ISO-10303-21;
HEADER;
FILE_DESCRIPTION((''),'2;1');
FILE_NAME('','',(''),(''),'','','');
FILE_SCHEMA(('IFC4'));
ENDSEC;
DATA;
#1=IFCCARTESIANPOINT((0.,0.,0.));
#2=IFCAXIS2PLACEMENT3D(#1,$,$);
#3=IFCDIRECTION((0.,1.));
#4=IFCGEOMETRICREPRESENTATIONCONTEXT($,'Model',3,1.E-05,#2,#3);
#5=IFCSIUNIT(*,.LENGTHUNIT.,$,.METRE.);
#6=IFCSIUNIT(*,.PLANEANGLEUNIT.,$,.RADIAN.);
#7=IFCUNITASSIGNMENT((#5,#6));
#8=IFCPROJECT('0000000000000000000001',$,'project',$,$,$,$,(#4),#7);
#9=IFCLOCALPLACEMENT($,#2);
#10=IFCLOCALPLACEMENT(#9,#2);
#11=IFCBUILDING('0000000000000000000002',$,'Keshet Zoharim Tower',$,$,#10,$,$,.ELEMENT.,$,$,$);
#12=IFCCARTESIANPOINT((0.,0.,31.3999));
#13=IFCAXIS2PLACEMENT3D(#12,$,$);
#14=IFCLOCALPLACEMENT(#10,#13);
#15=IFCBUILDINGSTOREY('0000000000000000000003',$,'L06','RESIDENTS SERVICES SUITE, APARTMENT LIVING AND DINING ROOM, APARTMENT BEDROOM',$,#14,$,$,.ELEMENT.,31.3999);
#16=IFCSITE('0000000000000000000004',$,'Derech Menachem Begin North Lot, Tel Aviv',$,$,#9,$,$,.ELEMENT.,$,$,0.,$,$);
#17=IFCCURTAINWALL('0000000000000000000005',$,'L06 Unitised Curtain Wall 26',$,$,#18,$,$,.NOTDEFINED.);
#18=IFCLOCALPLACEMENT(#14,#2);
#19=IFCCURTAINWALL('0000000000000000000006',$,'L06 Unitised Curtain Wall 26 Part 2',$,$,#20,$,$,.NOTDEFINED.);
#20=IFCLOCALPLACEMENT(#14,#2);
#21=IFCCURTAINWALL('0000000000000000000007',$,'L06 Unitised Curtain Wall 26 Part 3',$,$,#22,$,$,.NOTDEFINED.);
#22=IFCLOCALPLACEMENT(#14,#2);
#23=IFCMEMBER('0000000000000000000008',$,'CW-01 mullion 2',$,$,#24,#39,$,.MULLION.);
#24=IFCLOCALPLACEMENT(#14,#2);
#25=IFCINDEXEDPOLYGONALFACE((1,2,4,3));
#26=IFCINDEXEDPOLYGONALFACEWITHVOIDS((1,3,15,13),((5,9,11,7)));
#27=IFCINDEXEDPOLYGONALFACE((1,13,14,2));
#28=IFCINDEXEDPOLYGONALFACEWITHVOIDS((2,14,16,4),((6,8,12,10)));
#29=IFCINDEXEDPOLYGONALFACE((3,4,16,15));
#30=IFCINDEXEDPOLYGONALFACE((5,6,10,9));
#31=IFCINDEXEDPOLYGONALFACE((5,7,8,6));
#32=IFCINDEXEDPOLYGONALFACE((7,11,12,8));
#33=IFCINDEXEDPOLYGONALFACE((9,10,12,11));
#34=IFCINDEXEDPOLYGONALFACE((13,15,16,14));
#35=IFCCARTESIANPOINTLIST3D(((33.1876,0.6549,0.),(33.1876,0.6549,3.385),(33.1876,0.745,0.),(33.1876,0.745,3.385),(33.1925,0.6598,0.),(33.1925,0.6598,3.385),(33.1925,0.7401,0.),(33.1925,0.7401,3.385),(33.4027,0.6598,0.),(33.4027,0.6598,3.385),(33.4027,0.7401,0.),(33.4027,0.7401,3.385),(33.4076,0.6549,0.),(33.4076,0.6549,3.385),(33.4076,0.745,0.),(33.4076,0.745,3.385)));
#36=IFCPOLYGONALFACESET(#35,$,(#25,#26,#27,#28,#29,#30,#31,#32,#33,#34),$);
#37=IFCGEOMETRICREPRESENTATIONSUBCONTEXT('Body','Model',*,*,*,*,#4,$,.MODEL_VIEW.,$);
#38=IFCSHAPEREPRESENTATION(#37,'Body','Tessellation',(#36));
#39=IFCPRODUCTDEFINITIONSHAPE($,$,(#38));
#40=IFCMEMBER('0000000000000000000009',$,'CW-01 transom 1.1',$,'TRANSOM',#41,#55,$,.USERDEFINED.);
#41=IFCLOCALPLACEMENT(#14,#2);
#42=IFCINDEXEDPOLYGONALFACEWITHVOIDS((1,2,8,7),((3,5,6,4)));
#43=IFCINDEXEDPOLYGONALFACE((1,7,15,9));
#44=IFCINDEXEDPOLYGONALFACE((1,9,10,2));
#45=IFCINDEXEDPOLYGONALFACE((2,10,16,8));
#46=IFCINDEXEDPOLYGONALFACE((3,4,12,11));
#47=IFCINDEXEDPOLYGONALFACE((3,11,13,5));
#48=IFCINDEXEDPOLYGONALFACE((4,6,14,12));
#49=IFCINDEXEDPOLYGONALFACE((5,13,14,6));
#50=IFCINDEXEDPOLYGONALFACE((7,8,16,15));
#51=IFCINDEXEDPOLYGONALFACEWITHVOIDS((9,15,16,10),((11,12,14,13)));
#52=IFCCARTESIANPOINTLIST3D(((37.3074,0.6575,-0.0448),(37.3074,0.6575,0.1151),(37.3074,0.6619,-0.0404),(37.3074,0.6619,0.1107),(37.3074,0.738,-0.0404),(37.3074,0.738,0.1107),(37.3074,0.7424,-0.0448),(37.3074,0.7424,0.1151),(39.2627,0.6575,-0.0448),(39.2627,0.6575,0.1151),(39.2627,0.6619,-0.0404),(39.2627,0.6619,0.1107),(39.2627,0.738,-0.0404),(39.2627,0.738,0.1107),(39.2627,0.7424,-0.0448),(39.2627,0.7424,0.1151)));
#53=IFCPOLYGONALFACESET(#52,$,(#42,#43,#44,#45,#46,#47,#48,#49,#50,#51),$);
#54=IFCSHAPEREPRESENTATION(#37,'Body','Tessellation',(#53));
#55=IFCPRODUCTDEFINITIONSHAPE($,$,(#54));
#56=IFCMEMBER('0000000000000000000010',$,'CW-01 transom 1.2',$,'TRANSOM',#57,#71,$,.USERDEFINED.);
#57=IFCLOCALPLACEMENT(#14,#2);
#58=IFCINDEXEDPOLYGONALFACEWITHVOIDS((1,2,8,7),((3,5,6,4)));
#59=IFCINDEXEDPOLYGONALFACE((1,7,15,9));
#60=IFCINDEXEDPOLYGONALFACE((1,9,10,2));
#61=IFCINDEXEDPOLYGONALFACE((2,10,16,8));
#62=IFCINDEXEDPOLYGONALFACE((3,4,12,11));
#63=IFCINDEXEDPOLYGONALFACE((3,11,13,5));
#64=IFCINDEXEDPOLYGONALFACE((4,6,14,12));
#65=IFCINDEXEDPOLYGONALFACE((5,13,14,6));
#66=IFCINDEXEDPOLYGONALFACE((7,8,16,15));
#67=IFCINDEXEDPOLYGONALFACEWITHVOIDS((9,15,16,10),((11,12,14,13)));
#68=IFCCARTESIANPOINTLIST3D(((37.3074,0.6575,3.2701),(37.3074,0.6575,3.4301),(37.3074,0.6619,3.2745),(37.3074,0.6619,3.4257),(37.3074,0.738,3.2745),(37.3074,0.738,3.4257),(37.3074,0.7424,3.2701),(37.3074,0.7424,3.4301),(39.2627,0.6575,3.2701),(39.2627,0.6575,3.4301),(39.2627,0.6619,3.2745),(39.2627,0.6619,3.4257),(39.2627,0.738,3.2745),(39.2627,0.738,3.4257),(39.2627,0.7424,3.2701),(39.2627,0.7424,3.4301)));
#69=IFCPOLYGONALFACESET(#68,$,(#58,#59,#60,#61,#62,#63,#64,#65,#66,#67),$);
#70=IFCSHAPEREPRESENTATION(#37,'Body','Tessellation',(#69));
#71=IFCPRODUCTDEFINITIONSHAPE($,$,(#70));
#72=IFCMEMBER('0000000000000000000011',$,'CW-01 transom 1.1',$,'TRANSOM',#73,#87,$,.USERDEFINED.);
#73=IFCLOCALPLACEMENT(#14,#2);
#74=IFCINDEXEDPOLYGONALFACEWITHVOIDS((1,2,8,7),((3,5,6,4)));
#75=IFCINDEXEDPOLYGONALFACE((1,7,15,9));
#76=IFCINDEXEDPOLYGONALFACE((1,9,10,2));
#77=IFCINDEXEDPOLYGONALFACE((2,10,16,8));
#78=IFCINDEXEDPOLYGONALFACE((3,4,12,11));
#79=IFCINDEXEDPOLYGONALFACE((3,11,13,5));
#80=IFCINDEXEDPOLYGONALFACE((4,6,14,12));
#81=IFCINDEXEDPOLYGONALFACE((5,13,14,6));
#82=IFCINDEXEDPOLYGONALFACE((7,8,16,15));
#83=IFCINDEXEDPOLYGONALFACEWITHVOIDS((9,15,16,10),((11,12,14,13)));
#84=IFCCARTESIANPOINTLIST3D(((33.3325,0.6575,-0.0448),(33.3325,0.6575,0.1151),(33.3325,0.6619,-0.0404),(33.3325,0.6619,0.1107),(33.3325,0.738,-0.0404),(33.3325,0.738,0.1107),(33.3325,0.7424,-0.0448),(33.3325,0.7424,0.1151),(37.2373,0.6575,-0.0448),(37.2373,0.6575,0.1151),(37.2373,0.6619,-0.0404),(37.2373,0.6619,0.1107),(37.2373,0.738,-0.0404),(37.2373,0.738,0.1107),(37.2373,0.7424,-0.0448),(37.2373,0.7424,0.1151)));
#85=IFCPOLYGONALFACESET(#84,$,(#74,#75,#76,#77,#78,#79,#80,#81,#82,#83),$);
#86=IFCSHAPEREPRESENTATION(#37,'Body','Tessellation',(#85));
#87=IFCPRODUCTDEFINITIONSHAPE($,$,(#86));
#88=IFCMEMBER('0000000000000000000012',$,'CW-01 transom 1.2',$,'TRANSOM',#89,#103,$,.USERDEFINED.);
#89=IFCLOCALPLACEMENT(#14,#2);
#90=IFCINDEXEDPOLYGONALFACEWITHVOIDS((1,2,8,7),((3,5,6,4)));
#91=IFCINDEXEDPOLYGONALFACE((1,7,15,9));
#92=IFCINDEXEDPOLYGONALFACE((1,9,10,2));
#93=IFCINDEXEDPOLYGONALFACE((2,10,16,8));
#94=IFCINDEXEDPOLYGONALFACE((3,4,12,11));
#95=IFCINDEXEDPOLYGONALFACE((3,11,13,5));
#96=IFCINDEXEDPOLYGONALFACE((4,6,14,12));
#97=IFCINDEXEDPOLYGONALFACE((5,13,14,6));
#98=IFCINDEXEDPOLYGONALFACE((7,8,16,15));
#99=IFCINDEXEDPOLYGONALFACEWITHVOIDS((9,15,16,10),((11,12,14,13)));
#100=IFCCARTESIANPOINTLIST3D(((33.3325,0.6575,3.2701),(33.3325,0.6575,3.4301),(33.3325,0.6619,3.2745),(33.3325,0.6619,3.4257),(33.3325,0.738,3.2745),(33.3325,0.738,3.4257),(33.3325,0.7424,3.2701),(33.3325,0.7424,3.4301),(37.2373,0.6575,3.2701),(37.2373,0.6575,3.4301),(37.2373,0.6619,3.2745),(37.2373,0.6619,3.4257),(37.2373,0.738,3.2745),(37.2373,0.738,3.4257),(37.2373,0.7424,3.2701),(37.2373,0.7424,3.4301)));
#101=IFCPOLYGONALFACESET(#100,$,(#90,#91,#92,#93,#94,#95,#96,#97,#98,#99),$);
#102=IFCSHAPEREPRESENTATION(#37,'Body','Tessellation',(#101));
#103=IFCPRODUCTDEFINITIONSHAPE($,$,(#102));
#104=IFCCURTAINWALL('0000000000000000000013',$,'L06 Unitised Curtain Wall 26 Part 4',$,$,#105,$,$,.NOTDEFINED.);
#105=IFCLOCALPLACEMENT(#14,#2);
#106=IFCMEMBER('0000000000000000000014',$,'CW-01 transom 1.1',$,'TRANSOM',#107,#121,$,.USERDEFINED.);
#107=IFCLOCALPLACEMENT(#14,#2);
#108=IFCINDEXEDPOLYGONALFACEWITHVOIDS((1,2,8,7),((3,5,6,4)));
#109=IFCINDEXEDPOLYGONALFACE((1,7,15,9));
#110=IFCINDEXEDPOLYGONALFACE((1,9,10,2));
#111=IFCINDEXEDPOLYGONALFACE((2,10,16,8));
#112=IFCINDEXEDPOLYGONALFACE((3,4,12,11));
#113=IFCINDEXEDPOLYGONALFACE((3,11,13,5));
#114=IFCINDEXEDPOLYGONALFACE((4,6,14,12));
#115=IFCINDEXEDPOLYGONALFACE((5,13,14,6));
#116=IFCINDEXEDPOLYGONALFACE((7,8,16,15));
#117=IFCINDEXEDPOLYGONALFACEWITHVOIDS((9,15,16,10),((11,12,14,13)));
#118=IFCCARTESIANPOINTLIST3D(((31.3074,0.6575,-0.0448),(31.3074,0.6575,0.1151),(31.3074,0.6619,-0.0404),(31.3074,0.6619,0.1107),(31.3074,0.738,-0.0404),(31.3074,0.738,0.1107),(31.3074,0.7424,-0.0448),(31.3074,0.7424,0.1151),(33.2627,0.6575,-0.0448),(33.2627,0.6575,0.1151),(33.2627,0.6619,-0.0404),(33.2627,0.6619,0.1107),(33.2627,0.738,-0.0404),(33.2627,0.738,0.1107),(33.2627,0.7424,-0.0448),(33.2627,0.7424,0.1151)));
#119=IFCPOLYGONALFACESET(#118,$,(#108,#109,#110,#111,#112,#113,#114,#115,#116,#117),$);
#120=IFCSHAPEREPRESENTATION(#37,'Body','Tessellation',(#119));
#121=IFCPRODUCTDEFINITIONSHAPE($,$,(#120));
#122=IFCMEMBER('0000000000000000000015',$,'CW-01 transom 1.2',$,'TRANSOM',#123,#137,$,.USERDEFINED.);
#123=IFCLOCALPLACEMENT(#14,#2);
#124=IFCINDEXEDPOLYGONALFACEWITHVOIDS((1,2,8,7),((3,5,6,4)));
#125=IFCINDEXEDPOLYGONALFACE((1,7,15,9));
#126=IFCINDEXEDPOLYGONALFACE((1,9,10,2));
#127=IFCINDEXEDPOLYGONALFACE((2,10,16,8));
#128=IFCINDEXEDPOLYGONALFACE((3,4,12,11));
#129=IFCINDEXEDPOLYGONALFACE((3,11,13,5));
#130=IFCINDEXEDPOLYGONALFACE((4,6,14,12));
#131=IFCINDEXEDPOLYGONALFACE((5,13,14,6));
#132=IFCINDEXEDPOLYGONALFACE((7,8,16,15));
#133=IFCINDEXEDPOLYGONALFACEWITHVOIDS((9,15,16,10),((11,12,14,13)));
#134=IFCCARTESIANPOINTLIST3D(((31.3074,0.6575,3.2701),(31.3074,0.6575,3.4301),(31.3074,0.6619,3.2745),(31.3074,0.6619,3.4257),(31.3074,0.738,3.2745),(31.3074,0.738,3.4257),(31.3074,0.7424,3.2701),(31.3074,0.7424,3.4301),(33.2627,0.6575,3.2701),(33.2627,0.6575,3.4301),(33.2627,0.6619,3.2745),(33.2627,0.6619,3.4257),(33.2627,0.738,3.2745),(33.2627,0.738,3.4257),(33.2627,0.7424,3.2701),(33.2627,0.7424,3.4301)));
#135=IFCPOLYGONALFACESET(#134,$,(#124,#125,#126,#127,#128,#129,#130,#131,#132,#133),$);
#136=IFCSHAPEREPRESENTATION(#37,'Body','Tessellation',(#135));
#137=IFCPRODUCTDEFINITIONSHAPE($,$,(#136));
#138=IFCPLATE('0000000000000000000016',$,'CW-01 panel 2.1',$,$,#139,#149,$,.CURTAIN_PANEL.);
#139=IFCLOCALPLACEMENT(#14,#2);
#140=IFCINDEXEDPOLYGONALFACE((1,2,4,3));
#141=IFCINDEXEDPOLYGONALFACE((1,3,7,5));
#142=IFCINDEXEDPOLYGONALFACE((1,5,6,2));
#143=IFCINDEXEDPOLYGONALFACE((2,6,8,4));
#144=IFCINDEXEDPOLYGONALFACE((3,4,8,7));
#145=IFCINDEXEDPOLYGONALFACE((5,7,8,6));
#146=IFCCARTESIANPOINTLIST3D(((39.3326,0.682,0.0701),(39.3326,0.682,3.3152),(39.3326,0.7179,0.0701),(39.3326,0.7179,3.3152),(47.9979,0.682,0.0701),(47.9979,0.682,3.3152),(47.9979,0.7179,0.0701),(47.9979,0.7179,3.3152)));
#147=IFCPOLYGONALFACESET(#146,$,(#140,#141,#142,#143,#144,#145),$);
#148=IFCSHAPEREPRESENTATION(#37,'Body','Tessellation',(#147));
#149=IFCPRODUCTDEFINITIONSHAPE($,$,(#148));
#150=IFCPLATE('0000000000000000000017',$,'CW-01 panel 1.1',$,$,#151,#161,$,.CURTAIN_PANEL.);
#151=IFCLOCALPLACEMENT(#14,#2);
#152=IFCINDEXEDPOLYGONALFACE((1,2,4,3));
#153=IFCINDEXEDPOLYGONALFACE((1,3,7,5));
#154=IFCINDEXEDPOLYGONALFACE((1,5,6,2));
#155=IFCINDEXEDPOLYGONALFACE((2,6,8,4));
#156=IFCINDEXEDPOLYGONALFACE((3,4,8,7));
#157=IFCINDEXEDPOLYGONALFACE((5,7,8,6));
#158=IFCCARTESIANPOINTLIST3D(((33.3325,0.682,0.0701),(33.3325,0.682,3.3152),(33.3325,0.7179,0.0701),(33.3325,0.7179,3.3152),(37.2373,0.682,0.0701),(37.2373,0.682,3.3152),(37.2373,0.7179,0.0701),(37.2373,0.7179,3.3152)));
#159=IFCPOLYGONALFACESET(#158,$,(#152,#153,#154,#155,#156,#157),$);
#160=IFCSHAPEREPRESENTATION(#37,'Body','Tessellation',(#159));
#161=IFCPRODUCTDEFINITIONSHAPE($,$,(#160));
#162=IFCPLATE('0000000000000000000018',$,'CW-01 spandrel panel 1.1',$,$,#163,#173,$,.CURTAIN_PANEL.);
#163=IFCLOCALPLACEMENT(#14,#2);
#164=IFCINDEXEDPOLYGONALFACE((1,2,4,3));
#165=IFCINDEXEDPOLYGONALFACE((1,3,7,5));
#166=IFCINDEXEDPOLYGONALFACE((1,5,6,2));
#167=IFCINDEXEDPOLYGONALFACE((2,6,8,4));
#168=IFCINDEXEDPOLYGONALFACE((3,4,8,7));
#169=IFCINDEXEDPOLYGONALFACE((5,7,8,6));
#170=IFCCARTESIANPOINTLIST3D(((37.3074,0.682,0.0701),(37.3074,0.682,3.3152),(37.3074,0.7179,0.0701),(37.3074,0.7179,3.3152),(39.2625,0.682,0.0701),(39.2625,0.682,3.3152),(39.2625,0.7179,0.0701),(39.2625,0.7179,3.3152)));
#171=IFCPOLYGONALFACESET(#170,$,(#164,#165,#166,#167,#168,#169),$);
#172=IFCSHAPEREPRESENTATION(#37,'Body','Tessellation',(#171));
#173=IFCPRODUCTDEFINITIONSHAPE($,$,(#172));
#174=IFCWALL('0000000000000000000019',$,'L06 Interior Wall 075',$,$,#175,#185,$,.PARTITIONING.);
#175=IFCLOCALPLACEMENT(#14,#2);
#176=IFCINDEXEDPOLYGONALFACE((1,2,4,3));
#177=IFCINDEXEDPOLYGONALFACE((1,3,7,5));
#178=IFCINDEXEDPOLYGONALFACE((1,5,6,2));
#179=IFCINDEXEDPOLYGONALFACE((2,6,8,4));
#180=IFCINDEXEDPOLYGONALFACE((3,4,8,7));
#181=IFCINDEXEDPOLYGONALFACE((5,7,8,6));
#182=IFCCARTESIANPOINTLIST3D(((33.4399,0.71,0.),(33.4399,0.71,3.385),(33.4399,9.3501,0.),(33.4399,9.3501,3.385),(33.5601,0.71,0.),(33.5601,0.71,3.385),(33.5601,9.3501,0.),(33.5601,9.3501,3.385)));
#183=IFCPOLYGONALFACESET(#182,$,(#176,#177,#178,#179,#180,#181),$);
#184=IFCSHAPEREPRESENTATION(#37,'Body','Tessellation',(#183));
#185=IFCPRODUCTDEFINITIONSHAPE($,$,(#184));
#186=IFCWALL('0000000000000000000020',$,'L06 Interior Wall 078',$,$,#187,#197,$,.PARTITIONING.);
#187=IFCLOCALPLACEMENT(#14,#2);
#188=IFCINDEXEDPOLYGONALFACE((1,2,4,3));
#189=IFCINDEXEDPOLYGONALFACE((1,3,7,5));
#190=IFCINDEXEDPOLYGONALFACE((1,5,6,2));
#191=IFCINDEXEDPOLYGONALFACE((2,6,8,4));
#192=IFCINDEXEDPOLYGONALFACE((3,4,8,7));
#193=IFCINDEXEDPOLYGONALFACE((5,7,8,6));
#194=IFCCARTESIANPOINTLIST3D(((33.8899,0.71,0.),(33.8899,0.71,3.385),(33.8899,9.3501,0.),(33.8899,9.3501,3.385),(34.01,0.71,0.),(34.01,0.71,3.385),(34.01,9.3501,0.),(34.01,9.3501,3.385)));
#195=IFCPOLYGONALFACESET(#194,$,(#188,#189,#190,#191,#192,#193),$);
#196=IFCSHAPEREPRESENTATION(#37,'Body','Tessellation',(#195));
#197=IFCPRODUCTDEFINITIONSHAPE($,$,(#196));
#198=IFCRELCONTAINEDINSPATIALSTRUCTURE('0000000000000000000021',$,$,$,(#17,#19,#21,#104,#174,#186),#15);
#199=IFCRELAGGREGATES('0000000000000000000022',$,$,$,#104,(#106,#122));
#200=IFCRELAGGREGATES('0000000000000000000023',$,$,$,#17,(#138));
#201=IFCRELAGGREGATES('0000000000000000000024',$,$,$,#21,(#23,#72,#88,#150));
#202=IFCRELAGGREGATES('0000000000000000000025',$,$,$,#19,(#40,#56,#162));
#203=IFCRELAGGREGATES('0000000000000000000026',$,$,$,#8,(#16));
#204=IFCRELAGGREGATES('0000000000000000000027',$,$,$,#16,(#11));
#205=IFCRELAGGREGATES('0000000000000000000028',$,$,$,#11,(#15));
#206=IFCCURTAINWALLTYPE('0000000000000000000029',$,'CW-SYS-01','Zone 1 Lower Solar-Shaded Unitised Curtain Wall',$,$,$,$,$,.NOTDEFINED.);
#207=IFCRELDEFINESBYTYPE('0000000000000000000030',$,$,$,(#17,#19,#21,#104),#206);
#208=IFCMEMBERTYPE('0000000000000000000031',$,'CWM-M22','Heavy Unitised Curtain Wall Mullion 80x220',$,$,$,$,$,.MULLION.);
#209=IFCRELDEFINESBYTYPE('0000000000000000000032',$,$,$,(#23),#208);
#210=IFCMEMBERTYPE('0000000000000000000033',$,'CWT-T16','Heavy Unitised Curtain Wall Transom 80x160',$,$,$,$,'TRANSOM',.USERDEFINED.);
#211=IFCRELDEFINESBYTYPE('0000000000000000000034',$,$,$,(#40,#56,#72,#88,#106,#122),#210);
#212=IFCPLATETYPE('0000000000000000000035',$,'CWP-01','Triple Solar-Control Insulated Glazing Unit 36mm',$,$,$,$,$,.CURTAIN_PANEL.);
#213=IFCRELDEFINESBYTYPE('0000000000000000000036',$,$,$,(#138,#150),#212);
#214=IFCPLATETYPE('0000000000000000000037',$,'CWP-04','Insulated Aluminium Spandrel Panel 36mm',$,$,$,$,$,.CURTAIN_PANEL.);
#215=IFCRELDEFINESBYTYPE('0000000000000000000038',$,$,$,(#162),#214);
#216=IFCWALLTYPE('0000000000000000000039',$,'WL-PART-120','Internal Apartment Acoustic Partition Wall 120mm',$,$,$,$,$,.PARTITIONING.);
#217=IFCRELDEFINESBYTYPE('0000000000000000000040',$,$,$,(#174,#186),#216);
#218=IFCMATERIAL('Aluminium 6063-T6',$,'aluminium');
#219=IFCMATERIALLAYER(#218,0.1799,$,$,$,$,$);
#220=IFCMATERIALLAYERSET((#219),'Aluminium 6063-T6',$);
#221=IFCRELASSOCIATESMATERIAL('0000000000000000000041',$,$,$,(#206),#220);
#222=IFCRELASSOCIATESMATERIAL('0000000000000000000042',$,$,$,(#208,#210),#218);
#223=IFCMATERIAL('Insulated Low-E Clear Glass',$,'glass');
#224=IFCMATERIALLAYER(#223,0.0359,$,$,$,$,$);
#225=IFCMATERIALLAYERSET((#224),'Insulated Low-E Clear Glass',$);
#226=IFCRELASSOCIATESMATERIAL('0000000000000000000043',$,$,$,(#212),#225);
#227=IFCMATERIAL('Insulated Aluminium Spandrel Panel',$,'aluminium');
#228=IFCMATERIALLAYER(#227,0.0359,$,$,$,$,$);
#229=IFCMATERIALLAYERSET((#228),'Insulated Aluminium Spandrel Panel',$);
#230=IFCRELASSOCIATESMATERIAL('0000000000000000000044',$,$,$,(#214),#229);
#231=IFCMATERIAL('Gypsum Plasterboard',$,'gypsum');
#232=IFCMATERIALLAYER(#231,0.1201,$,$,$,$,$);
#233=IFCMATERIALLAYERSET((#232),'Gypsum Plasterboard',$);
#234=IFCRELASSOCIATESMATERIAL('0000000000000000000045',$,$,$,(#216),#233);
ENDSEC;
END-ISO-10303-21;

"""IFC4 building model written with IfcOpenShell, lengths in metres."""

from ifc_helpers import new_model, si_unit, direction, frame, frame_2d, origin, origin_2d, place, context, subcontext, project, spatial, rectangle, hollow_rectangle, extrude, material, layer, layer_set, material_profile, profile_set, type_object, element, aggregate, save


model = new_model("IFC4")

# Units and contexts
model_context = context("Model", 3, precision=1e-05, world=origin(), true_north=direction((0.0, 1.0)))
body_context = subcontext(model_context, "Body", "Model", "MODEL_VIEW")
ifc_project = project(units=[si_unit("LENGTHUNIT", "METRE"), si_unit("PLANEANGLEUNIT", "RADIAN")], contexts=[model_context])

# Site, building, storey
site_placement = place(None, origin())
site = spatial("IfcSite", under=ifc_project, at=site_placement, Name="Derech Menachem Begin North Lot, Tel Aviv", CompositionType="ELEMENT", RefElevation=0.0)
building_placement = place(site_placement, origin())
building = spatial("IfcBuilding", under=site, at=building_placement, Name="Keshet Zoharim Tower", CompositionType="ELEMENT")
storey_placement = place(building_placement, frame((0.0, 0.0, 31.3999)))
storey = spatial("IfcBuildingStorey", under=building, at=storey_placement, Name="L06", Description="RESIDENTS SERVICES SUITE, APARTMENT LIVING AND DINING ROOM, APARTMENT BEDROOM", CompositionType="ELEMENT", Elevation=31.3999)

# Curtain walls, member
ifc_material_1 = material(Name="Aluminium 6063-T6", Category="aluminium")
ifc_layer_1 = layer(ifc_material_1, 0.1799)
ifc_layer_set_1 = layer_set([ifc_layer_1], Name="Aluminium 6063-T6")
curtain_wall_type = type_object("IfcCurtainWallType", Name="CW-SYS-01", Description="Zone 1 Lower Solar-Shaded Unitised Curtain Wall", PredefinedType="NOTDEFINED", material=ifc_layer_set_1)
curtain_wall_1_placement = place(storey_placement, origin())
curtain_wall_1 = element("IfcCurtainWall", 1, at=curtain_wall_1_placement, inside=storey, type_object=curtain_wall_type, Name="L06 Unitised Curtain Wall 26", PredefinedType="NOTDEFINED")
ifc_material_profile_1 = material_profile(ifc_material_1, hollow_rectangle(XDim=0.0901, YDim=0.22, WallThickness=0.0049, at=origin_2d()), Name="MUL-90x220")
ifc_profile_set_1 = profile_set([ifc_material_profile_1], Name="Aluminium 6063-T6")
member_type_1 = type_object("IfcMemberType", Name="CWM-M22", Description="Heavy Unitised Curtain Wall Mullion 80x220", PredefinedType="MULLION", material=ifc_profile_set_1)
curtain_wall_2_placement = place(storey_placement, origin())
curtain_wall_2 = element("IfcCurtainWall", 2, at=curtain_wall_2_placement, inside=storey, type_object=curtain_wall_type, Name="L06 Unitised Curtain Wall 26 Part 2", PredefinedType="NOTDEFINED")
curtain_wall_3_placement = place(storey_placement, origin())
curtain_wall_3 = element("IfcCurtainWall", 3, at=curtain_wall_3_placement, inside=storey, type_object=curtain_wall_type, Name="L06 Unitised Curtain Wall 26 Part 3", PredefinedType="NOTDEFINED")
member_1_placement = place(storey_placement, frame((33.2976, 0.7, 0.0), z_axis=(0.0, 0.0, 1.0), x_axis=(0.0, -1.0, 0.0)))
member_1 = element("IfcMember", 4, at=member_1_placement, type_object=member_type_1, Name="CW-01 mullion 2", PredefinedType="MULLION", context=body_context, shape_type="SweptSolid", body=[
    extrude(hollow_rectangle(XDim=0.0901, YDim=0.22, WallThickness=0.0049, at=origin_2d()), origin(), (0.0, 0.0, 1.0), 3.385),
])

# Members
ifc_material_profile_2 = material_profile(ifc_material_1, hollow_rectangle(XDim=0.085, YDim=0.1599, WallThickness=0.0044, at=origin_2d()), Name="TRN-85x160")
ifc_profile_set_2 = profile_set([ifc_material_profile_2], Name="Aluminium 6063-T6")
member_type_2 = type_object("IfcMemberType", Name="CWT-T16", Description="Heavy Unitised Curtain Wall Transom 80x160", ElementType="TRANSOM", PredefinedType="USERDEFINED", material=ifc_profile_set_2)
member_2_placement = place(storey_placement, frame((39.2627, 0.7, 0.0352), z_axis=(-1.0, 0.0, 0.0), x_axis=(0.0, -1.0, 0.0)))
member_2 = element("IfcMember", 5, at=member_2_placement, type_object=member_type_2, Name="CW-01 transom 1.1", ObjectType="TRANSOM", PredefinedType="USERDEFINED", context=body_context, shape_type="SweptSolid", body=[
    extrude(hollow_rectangle(XDim=0.085, YDim=0.1599, WallThickness=0.0044, at=origin_2d()), origin(), (0.0, 0.0, 1.0), 1.9553),
])
member_3_placement = place(storey_placement, frame((39.2627, 0.7, 3.3501), z_axis=(-1.0, 0.0, 0.0), x_axis=(0.0, -1.0, 0.0)))
member_3 = element("IfcMember", 6, at=member_3_placement, type_object=member_type_2, Name="CW-01 transom 1.2", ObjectType="TRANSOM", PredefinedType="USERDEFINED", context=body_context, shape_type="SweptSolid", body=[
    extrude(hollow_rectangle(XDim=0.085, YDim=0.1599, WallThickness=0.0044, at=origin_2d()), origin(), (0.0, 0.0, 1.0), 1.9553),
])
member_4_placement = place(storey_placement, frame((37.2373, 0.7, 0.0352), z_axis=(-1.0, 0.0, 0.0), x_axis=(0.0, -1.0, 0.0)))
member_4 = element("IfcMember", 7, at=member_4_placement, type_object=member_type_2, Name="CW-01 transom 1.1", ObjectType="TRANSOM", PredefinedType="USERDEFINED", context=body_context, shape_type="SweptSolid", body=[
    extrude(hollow_rectangle(XDim=0.085, YDim=0.1599, WallThickness=0.0044, at=origin_2d()), origin(), (0.0, 0.0, 1.0), 3.9048),
])
member_5_placement = place(storey_placement, frame((37.2373, 0.7, 3.3501), z_axis=(-1.0, 0.0, 0.0), x_axis=(0.0, -1.0, 0.0)))
member_5 = element("IfcMember", 8, at=member_5_placement, type_object=member_type_2, Name="CW-01 transom 1.2", ObjectType="TRANSOM", PredefinedType="USERDEFINED", context=body_context, shape_type="SweptSolid", body=[
    extrude(hollow_rectangle(XDim=0.085, YDim=0.1599, WallThickness=0.0044, at=origin_2d()), origin(), (0.0, 0.0, 1.0), 3.9048),
])

# Curtain wall, members
curtain_wall_4_placement = place(storey_placement, origin())
curtain_wall_4 = element("IfcCurtainWall", 9, at=curtain_wall_4_placement, inside=storey, type_object=curtain_wall_type, Name="L06 Unitised Curtain Wall 26 Part 4", PredefinedType="NOTDEFINED")
member_6_placement = place(storey_placement, frame((33.2627, 0.7, 0.0352), z_axis=(-1.0, 0.0, 0.0), x_axis=(0.0, -1.0, 0.0)))
member_6 = element("IfcMember", 10, at=member_6_placement, type_object=member_type_2, Name="CW-01 transom 1.1", ObjectType="TRANSOM", PredefinedType="USERDEFINED", context=body_context, shape_type="SweptSolid", body=[
    extrude(hollow_rectangle(XDim=0.085, YDim=0.1599, WallThickness=0.0044, at=origin_2d()), origin(), (0.0, 0.0, 1.0), 1.9553),
])
member_7_placement = place(storey_placement, frame((33.2627, 0.7, 3.3501), z_axis=(-1.0, 0.0, 0.0), x_axis=(0.0, -1.0, 0.0)))
member_7 = element("IfcMember", 11, at=member_7_placement, type_object=member_type_2, Name="CW-01 transom 1.2", ObjectType="TRANSOM", PredefinedType="USERDEFINED", context=body_context, shape_type="SweptSolid", body=[
    extrude(hollow_rectangle(XDim=0.085, YDim=0.1599, WallThickness=0.0044, at=origin_2d()), origin(), (0.0, 0.0, 1.0), 1.9553),
])
aggregate(curtain_wall_4, [member_6, member_7])

# Plates
ifc_material_2 = material(Name="Insulated Low-E Clear Glass", Category="glass")
ifc_layer_2 = layer(ifc_material_2, 0.0359)
ifc_layer_set_2 = layer_set([ifc_layer_2], Name="Insulated Low-E Clear Glass")
plate_type_1 = type_object("IfcPlateType", Name="CWP-01", Description="Triple Solar-Control Insulated Glazing Unit 36mm", PredefinedType="CURTAIN_PANEL", material=ifc_layer_set_2)
plate_1_placement = place(storey_placement, frame((43.6653, 0.7, 0.0701), z_axis=(0.0, 0.0, 1.0), x_axis=(-1.0, 0.0, 0.0)))
plate_1 = element("IfcPlate", 12, at=plate_1_placement, type_object=plate_type_1, Name="CW-01 panel 2.1", PredefinedType="CURTAIN_PANEL", context=body_context, shape_type="SweptSolid", body=[
    extrude(rectangle(XDim=8.6653, YDim=0.0359, at=origin_2d()), origin(), (0.0, 0.0, 1.0), 3.2451),
])
aggregate(curtain_wall_1, [plate_1])
plate_2_placement = place(storey_placement, frame((35.2849, 0.7, 0.0701), z_axis=(0.0, 0.0, 1.0), x_axis=(-1.0, 0.0, 0.0)))
plate_2 = element("IfcPlate", 13, at=plate_2_placement, type_object=plate_type_1, Name="CW-01 panel 1.1", PredefinedType="CURTAIN_PANEL", context=body_context, shape_type="SweptSolid", body=[
    extrude(rectangle(XDim=3.9048, YDim=0.0359, at=origin_2d()), origin(), (0.0, 0.0, 1.0), 3.2451),
])
aggregate(curtain_wall_3, [member_1, member_4, member_5, plate_2])
ifc_material_3 = material(Name="Insulated Aluminium Spandrel Panel", Category="aluminium")
ifc_layer_3 = layer(ifc_material_3, 0.0359)
ifc_layer_set_3 = layer_set([ifc_layer_3], Name="Insulated Aluminium Spandrel Panel")
plate_type_2 = type_object("IfcPlateType", Name="CWP-04", Description="Insulated Aluminium Spandrel Panel 36mm", PredefinedType="CURTAIN_PANEL", material=ifc_layer_set_3)
plate_3_placement = place(storey_placement, frame((38.2849, 0.7, 0.0701), z_axis=(0.0, 0.0, 1.0), x_axis=(-1.0, 0.0, 0.0)))
plate_3 = element("IfcPlate", 14, at=plate_3_placement, type_object=plate_type_2, Name="CW-01 spandrel panel 1.1", PredefinedType="CURTAIN_PANEL", context=body_context, shape_type="SweptSolid", body=[
    extrude(rectangle(XDim=1.9551, YDim=0.0359, at=origin_2d()), origin(), (0.0, 0.0, 1.0), 3.2451),
])
aggregate(curtain_wall_2, [member_2, member_3, plate_3])

# Walls
ifc_material_4 = material(Name="Gypsum Plasterboard", Category="gypsum")
ifc_layer_4 = layer(ifc_material_4, 0.1201)
ifc_layer_set_4 = layer_set([ifc_layer_4], Name="Gypsum Plasterboard")
wall_type = type_object("IfcWallType", Name="WL-PART-120", Description="Internal Apartment Acoustic Partition Wall 120mm", PredefinedType="PARTITIONING", material=ifc_layer_set_4)
for number, where, z_axis, x_axis, name in (
    (15, (33.5, 0.71, 0.0), (0.0, 0.0, 1.0), (0.0, 1.0, 0.0), "L06 Interior Wall 075"),
    (16, (33.95, 0.71, 0.0), (0.0, 0.0, 1.0), (0.0, 1.0, 0.0), "L06 Interior Wall 078"),
):
    element("IfcWall", number, at=place(storey_placement, frame(where, z_axis=z_axis, x_axis=x_axis)), inside=storey, type_object=wall_type, Name=name, PredefinedType="PARTITIONING", context=body_context, shape_type="SweptSolid", body=[
        extrude(rectangle(XDim=8.6401, YDim=0.1201, at=frame_2d((4.3201, 0.0))), origin(), (0.0, 0.0, 1.0), 3.385),
    ])

save(model, "model.ifc")
